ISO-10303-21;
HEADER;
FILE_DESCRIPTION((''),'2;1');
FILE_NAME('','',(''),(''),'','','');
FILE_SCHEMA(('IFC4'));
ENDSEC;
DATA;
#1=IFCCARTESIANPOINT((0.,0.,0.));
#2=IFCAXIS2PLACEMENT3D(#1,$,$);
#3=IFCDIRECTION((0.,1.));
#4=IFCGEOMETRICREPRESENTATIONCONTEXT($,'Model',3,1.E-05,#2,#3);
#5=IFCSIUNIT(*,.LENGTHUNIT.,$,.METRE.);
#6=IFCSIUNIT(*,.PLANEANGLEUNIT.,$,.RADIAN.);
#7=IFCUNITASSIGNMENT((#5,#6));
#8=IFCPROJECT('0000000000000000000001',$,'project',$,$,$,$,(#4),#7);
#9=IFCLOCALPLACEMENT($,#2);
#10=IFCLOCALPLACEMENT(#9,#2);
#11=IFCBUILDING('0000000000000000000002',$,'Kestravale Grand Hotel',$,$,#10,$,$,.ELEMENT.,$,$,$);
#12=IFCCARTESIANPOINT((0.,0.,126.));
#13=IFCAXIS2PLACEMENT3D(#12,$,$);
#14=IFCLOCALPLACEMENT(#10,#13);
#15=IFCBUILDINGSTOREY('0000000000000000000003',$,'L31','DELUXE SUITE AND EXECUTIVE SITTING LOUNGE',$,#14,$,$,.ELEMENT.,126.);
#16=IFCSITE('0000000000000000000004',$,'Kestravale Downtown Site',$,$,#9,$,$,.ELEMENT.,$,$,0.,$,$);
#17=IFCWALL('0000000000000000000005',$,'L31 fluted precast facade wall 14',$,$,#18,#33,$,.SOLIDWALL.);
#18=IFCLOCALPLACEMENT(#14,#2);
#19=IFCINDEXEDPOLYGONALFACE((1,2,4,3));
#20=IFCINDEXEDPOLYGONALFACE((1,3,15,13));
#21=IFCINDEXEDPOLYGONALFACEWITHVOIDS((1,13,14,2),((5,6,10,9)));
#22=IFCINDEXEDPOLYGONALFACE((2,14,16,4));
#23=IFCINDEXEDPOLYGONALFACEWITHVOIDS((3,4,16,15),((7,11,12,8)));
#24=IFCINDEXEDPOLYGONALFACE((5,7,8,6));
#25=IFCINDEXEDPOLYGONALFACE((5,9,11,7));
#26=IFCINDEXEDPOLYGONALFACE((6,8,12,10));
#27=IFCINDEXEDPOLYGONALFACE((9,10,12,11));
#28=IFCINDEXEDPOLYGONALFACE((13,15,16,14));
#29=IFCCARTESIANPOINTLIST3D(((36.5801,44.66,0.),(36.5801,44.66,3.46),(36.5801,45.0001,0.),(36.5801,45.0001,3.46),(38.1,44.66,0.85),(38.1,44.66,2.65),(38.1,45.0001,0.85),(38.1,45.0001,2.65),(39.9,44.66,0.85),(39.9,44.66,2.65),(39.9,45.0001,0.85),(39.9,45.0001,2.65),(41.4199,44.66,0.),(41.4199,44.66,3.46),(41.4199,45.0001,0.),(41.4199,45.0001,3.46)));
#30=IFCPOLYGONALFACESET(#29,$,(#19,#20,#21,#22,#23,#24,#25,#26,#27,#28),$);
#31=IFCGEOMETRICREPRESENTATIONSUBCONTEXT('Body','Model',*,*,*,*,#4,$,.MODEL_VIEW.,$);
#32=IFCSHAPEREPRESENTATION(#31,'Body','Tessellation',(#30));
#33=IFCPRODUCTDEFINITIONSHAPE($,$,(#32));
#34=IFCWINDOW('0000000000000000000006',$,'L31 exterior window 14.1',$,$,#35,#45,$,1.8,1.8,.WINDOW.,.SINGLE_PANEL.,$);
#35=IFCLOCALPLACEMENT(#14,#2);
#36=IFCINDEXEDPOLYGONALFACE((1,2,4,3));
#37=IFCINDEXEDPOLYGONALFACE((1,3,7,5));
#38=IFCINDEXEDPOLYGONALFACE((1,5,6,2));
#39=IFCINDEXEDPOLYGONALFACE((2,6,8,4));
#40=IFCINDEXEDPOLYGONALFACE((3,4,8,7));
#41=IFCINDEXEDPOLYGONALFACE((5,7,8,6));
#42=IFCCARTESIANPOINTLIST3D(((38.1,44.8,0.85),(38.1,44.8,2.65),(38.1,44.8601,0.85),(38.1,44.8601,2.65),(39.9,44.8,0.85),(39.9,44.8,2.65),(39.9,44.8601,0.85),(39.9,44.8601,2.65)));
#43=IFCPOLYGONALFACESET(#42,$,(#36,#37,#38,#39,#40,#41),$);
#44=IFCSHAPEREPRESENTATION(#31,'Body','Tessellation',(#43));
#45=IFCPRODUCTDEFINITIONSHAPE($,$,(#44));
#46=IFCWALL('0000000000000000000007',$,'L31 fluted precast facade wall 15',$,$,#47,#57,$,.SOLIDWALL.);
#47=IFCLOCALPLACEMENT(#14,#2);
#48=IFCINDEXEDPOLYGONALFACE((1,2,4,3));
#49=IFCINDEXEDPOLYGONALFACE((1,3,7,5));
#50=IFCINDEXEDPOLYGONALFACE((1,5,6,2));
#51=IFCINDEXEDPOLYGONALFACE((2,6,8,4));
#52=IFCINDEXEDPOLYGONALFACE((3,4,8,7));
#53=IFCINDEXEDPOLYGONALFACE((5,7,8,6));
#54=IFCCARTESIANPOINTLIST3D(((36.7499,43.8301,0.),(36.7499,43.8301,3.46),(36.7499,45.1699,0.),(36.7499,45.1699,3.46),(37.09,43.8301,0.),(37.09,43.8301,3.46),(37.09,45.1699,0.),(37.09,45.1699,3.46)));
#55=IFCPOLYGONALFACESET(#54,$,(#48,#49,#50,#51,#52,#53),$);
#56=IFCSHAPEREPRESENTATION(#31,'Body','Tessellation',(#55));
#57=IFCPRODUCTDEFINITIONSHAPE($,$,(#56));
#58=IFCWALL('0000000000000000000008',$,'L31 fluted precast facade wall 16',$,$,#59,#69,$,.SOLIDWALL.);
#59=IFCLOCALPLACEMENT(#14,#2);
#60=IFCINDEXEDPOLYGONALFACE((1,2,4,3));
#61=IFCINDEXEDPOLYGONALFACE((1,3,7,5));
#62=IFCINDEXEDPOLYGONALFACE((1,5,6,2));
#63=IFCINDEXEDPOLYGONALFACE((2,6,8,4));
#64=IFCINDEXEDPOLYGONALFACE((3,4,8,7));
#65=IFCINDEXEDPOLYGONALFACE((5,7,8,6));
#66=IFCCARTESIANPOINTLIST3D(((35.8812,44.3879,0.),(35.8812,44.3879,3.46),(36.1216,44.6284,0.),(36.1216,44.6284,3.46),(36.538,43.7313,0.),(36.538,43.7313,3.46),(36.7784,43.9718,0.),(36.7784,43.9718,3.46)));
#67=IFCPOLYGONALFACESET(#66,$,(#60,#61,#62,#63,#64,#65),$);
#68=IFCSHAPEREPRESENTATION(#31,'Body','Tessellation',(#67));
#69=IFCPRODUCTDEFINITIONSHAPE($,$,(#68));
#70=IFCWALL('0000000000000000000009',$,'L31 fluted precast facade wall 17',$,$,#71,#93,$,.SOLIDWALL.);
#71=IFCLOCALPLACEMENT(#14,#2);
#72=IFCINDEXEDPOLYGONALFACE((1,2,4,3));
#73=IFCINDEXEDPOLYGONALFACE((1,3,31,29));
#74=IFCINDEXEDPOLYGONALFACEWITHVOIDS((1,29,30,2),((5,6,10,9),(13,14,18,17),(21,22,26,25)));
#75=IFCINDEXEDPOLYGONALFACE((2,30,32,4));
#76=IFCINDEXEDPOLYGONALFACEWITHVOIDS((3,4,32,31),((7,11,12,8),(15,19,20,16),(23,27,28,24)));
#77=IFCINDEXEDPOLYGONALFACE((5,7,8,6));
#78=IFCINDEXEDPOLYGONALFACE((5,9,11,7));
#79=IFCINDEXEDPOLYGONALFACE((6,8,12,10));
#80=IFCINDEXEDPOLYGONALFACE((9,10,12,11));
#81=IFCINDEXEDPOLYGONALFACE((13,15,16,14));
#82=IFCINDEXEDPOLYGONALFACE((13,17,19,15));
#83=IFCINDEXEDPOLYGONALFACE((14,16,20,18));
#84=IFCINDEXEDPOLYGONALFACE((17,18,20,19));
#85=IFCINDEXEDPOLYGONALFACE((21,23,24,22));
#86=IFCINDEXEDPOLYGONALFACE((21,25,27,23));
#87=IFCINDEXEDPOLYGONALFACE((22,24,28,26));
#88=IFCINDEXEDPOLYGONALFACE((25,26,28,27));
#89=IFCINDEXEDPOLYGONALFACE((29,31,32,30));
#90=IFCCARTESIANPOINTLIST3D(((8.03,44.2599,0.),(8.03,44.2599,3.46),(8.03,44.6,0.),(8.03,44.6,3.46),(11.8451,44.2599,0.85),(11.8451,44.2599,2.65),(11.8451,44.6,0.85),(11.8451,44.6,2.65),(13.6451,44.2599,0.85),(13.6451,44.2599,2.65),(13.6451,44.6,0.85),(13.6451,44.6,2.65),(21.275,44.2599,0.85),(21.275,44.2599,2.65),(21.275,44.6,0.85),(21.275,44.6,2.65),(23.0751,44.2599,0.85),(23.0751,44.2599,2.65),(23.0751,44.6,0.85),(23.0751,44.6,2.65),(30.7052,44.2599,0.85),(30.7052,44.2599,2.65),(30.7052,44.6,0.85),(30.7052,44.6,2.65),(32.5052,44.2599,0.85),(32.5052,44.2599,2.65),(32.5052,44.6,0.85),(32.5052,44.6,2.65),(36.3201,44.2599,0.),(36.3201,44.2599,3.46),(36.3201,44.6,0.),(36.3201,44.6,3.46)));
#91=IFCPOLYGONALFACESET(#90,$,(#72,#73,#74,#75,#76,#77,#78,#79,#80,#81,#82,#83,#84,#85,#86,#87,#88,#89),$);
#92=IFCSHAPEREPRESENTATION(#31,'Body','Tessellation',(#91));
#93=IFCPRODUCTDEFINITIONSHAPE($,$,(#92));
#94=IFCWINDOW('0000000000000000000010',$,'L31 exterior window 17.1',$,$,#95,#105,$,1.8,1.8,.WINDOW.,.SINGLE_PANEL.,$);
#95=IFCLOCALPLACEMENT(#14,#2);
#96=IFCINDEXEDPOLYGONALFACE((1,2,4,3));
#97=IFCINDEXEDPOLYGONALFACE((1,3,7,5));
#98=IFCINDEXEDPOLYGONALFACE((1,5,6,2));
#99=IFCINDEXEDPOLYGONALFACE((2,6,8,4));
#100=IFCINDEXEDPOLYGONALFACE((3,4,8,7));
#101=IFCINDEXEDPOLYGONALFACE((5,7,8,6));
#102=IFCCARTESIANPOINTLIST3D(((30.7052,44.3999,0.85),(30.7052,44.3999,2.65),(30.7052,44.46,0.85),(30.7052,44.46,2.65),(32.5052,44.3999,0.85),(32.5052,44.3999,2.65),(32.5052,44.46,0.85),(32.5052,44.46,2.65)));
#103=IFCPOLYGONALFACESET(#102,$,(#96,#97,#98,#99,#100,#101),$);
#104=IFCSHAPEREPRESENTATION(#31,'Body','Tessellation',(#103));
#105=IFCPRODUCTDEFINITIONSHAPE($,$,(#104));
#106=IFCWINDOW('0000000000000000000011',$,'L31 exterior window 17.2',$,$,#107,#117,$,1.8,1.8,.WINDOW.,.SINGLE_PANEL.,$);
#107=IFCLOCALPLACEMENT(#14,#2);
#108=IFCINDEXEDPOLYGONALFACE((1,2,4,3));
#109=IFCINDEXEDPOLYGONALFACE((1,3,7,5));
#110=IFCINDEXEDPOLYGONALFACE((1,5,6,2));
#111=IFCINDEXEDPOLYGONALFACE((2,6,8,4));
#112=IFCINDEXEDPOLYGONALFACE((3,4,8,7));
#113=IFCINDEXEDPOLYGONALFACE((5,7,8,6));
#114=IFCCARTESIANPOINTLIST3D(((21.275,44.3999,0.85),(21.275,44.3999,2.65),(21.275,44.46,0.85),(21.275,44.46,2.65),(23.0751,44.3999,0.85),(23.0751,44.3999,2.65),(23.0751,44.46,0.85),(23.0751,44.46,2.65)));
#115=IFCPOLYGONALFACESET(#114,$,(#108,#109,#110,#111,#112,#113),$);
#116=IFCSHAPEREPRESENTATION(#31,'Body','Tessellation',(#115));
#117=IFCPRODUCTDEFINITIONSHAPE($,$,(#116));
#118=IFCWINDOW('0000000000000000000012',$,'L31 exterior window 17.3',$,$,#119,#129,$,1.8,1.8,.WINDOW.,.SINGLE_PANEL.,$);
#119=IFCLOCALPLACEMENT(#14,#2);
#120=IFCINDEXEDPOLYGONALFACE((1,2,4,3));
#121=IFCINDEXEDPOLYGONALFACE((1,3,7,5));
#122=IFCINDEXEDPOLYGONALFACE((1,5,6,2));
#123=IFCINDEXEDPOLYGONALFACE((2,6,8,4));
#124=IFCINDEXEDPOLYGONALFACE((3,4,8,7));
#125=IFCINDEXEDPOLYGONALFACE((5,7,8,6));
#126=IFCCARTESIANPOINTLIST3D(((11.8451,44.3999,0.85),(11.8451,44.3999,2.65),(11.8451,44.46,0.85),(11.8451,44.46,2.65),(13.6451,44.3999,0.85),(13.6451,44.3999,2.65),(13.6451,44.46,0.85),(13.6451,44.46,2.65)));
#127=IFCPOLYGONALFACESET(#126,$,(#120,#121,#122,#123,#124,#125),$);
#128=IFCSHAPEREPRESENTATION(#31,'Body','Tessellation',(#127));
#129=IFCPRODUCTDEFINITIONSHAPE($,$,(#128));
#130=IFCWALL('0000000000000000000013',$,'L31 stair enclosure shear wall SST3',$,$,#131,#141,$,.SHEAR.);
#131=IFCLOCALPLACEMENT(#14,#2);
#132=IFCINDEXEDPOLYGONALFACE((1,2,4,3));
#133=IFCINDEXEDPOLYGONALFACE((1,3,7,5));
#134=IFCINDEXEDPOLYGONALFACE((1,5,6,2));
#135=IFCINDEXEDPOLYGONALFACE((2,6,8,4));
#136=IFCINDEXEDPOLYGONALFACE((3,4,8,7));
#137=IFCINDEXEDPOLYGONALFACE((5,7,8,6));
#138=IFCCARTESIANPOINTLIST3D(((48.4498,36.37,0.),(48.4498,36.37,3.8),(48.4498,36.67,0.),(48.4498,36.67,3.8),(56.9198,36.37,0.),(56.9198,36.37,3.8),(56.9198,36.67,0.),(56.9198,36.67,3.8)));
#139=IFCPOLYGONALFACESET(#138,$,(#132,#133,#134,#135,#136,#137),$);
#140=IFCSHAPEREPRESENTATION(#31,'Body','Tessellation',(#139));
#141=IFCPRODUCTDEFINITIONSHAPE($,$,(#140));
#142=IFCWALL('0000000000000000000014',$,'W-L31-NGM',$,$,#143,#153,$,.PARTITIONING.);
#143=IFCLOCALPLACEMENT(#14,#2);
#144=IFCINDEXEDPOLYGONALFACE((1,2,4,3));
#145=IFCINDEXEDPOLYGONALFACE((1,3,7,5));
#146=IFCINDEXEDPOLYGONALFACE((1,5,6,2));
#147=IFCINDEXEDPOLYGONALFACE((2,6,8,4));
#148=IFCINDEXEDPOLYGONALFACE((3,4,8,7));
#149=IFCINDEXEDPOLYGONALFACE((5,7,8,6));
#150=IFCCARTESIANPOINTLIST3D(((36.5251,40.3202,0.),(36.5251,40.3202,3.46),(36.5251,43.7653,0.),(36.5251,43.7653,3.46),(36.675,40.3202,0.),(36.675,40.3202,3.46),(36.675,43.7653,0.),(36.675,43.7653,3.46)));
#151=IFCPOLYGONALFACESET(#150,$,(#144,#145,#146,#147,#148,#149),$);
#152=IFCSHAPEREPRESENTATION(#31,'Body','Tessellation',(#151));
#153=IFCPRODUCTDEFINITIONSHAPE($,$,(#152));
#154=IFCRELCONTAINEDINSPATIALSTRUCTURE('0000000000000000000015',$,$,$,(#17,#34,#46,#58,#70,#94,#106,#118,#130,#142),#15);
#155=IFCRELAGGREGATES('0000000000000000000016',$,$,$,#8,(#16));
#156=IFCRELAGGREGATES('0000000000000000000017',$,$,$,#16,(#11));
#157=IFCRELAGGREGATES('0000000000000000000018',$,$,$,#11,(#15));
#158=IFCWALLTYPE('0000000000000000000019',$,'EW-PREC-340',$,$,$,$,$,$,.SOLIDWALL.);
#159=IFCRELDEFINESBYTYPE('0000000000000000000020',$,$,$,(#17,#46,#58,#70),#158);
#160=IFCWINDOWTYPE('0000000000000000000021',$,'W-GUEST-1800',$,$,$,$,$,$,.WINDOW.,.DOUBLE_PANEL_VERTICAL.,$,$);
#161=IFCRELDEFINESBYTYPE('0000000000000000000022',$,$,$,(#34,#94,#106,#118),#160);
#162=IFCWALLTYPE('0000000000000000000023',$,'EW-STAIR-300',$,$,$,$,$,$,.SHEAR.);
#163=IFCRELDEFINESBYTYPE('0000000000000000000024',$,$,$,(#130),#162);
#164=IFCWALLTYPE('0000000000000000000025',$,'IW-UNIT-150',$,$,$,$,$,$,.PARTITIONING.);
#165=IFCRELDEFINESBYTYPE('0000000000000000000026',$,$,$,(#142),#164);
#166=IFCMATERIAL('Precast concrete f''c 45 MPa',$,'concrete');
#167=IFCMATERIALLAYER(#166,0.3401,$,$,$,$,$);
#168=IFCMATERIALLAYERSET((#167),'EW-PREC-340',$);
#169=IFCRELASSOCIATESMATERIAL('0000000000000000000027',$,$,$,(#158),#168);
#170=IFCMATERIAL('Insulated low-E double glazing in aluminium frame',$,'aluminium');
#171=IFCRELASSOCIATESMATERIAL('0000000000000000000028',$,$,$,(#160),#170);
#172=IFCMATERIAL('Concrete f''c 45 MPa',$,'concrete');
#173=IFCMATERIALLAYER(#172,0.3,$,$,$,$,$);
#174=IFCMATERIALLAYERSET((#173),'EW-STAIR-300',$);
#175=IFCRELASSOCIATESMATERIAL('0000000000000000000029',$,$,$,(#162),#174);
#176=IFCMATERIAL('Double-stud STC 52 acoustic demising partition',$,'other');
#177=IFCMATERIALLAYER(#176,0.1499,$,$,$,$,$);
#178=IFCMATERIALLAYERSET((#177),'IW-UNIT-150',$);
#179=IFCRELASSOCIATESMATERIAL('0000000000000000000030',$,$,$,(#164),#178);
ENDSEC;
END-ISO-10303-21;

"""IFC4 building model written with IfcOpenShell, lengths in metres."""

from ifc_helpers import new_model, si_unit, direction, frame, frame_2d, origin, place, context, subcontext, project, spatial, rectangle, extrude, material, layer, layer_set, type_object, element, fill, save


model = new_model("IFC4")

# Units and contexts
model_context = context("Model", 3, precision=1e-05, world=origin(), true_north=direction((0.0, 1.0)))
body_context = subcontext(model_context, "Body", "Model", "MODEL_VIEW")
ifc_project = project(units=[si_unit("LENGTHUNIT", "METRE"), si_unit("PLANEANGLEUNIT", "RADIAN")], contexts=[model_context])

# Site, building, storey
site_placement = place(None, origin())
site = spatial("IfcSite", under=ifc_project, at=site_placement, Name="Kestravale Downtown Site", CompositionType="ELEMENT", RefElevation=0.0)
building_placement = place(site_placement, origin())
building = spatial("IfcBuilding", under=site, at=building_placement, Name="Kestravale Grand Hotel", CompositionType="ELEMENT")
storey_placement = place(building_placement, frame((0.0, 0.0, 126.0)))
storey = spatial("IfcBuildingStorey", under=building, at=storey_placement, Name="L31", Description="DELUXE SUITE AND EXECUTIVE SITTING LOUNGE", CompositionType="ELEMENT", Elevation=126.0)

# Shared definitions
ifc_material_1 = material(Name="Precast concrete f'c 45 MPa", Category="concrete")
ifc_layer_1 = layer(ifc_material_1, 0.3401)
ifc_layer_set_1 = layer_set([ifc_layer_1], Name="EW-PREC-340")
wall_type_1 = type_object("IfcWallType", Name="EW-PREC-340", PredefinedType="SOLIDWALL", material=ifc_layer_set_1)

# Wall, opening, window
ifc_material_2 = material(Name="Insulated low-E double glazing in aluminium frame", Category="aluminium")
window_type = type_object("IfcWindowType", Name="W-GUEST-1800", PartitioningType="DOUBLE_PANEL_VERTICAL", PredefinedType="WINDOW", material=ifc_material_2)
wall_1_placement = place(storey_placement, frame((41.4199, 44.8301, 0.0), z_axis=(0.0, 0.0, 1.0), x_axis=(-1.0, 0.0, 0.0)))
wall_1 = element("IfcWall", 1, at=wall_1_placement, inside=storey, type_object=wall_type_1, Name="L31 fluted precast facade wall 14", PredefinedType="SOLIDWALL", context=body_context, shape_type="SweptSolid", body=[
    extrude(rectangle(XDim=4.8398, YDim=0.3401, at=frame_2d((2.4199, 0.0))), origin(), (0.0, 0.0, 1.0), 3.46),
])
opening_1_placement = place(wall_1_placement, frame((1.52, 0.0, 0.8501)))
opening_1 = element("IfcOpeningElement", 2, at=opening_1_placement, cuts=wall_1, PredefinedType="OPENING", context=body_context, shape_type="SweptSolid", body=[
    extrude(rectangle(XDim=1.8, YDim=1.8, at=frame_2d((0.8999, 0.8999))), frame((0.0, 0.1799, 0.0), z_axis=(0.0, -1.0, 0.0), x_axis=(1.0, 0.0, 0.0)), (0.0, 0.0, 1.0), 0.3601),
])
window_1_placement = place(opening_1_placement, origin())
window_1 = element("IfcWindow", 3, at=window_1_placement, inside=storey, type_object=window_type, Name="L31 exterior window 14.1", OverallHeight=1.8, OverallWidth=1.8, PartitioningType="SINGLE_PANEL", PredefinedType="WINDOW", context=body_context, shape_type="SweptSolid", body=[
    extrude(rectangle(XDim=1.8, YDim=1.8, at=frame_2d((0.8999, 0.8999))), frame((0.0, 0.03, 0.0), z_axis=(0.0, -1.0, 0.0), x_axis=(1.0, 0.0, 0.0)), (0.0, 0.0, 1.0), 0.0601),
])
fill(opening_1, window_1)

# Walls
wall_2_placement = place(storey_placement, frame((36.9199, 45.1699, 0.0), z_axis=(0.0, 0.0, 1.0), x_axis=(0.0, -1.0, 0.0)))
element("IfcWall", 4, at=wall_2_placement, inside=storey, type_object=wall_type_1, Name="L31 fluted precast facade wall 15", PredefinedType="SOLIDWALL", context=body_context, shape_type="SweptSolid", body=[
    extrude(rectangle(XDim=1.3398, YDim=0.3401, at=frame_2d((0.6699, 0.0))), origin(), (0.0, 0.0, 1.0), 3.46),
])
wall_3_placement = place(storey_placement, frame((36.6582, 43.8516, 0.0), z_axis=(0.0, 0.0, 1.0), x_axis=(-0.707238, 0.706975, 0.0)))
element("IfcWall", 5, at=wall_3_placement, inside=storey, type_object=wall_type_1, Name="L31 fluted precast facade wall 16", PredefinedType="SOLIDWALL", context=body_context, shape_type="SweptSolid", body=[
    extrude(rectangle(XDim=0.9287, YDim=0.3401, at=frame_2d((0.4644, 0.0))), origin(), (0.0, 0.0, 1.0), 3.46),
])

# Wall, openings, windows
wall_4_placement = place(storey_placement, frame((36.3201, 44.4299, 0.0), z_axis=(0.0, 0.0, 1.0), x_axis=(-1.0, 0.0, 0.0)))
wall_4 = element("IfcWall", 6, at=wall_4_placement, inside=storey, type_object=wall_type_1, Name="L31 fluted precast facade wall 17", PredefinedType="SOLIDWALL", context=body_context, shape_type="SweptSolid", body=[
    extrude(rectangle(XDim=28.29, YDim=0.3401, at=frame_2d((14.145, 0.0))), origin(), (0.0, 0.0, 1.0), 3.46),
])
opening_2_placement = place(wall_4_placement, frame((3.8149, 0.0, 0.8501)))
opening_2 = element("IfcOpeningElement", 7, at=opening_2_placement, cuts=wall_4, PredefinedType="OPENING", context=body_context, shape_type="SweptSolid", body=[
    extrude(rectangle(XDim=1.8, YDim=1.8, at=frame_2d((0.8999, 0.8999))), frame((0.0, 0.1799, 0.0), z_axis=(0.0, -1.0, 0.0), x_axis=(1.0, 0.0, 0.0)), (0.0, 0.0, 1.0), 0.3601),
])
opening_3_placement = place(wall_4_placement, frame((13.2451, 0.0, 0.8501)))
opening_3 = element("IfcOpeningElement", 8, at=opening_3_placement, cuts=wall_4, PredefinedType="OPENING", context=body_context, shape_type="SweptSolid", body=[
    extrude(rectangle(XDim=1.8, YDim=1.8, at=frame_2d((0.8999, 0.8999))), frame((0.0, 0.1799, 0.0), z_axis=(0.0, -1.0, 0.0), x_axis=(1.0, 0.0, 0.0)), (0.0, 0.0, 1.0), 0.3601),
])
opening_4_placement = place(wall_4_placement, frame((22.675, 0.0, 0.8501)))
opening_4 = element("IfcOpeningElement", 9, at=opening_4_placement, cuts=wall_4, PredefinedType="OPENING", context=body_context, shape_type="SweptSolid", body=[
    extrude(rectangle(XDim=1.8, YDim=1.8, at=frame_2d((0.8999, 0.8999))), frame((0.0, 0.1799, 0.0), z_axis=(0.0, -1.0, 0.0), x_axis=(1.0, 0.0, 0.0)), (0.0, 0.0, 1.0), 0.3601),
])
window_2_placement = place(opening_2_placement, origin())
window_2 = element("IfcWindow", 10, at=window_2_placement, inside=storey, type_object=window_type, Name="L31 exterior window 17.1", OverallHeight=1.8, OverallWidth=1.8, PartitioningType="SINGLE_PANEL", PredefinedType="WINDOW", context=body_context, shape_type="SweptSolid", body=[
    extrude(rectangle(XDim=1.8, YDim=1.8, at=frame_2d((0.8999, 0.8999))), frame((0.0, 0.03, 0.0), z_axis=(0.0, -1.0, 0.0), x_axis=(1.0, 0.0, 0.0)), (0.0, 0.0, 1.0), 0.0601),
])
fill(opening_2, window_2)
window_3_placement = place(opening_3_placement, origin())
window_3 = element("IfcWindow", 11, at=window_3_placement, inside=storey, type_object=window_type, Name="L31 exterior window 17.2", OverallHeight=1.8, OverallWidth=1.8, PartitioningType="SINGLE_PANEL", PredefinedType="WINDOW", context=body_context, shape_type="SweptSolid", body=[
    extrude(rectangle(XDim=1.8, YDim=1.8, at=frame_2d((0.8999, 0.8999))), frame((0.0, 0.03, 0.0), z_axis=(0.0, -1.0, 0.0), x_axis=(1.0, 0.0, 0.0)), (0.0, 0.0, 1.0), 0.0601),
])
fill(opening_3, window_3)
window_4_placement = place(opening_4_placement, origin())
window_4 = element("IfcWindow", 12, at=window_4_placement, inside=storey, type_object=window_type, Name="L31 exterior window 17.3", OverallHeight=1.8, OverallWidth=1.8, PartitioningType="SINGLE_PANEL", PredefinedType="WINDOW", context=body_context, shape_type="SweptSolid", body=[
    extrude(rectangle(XDim=1.8, YDim=1.8, at=frame_2d((0.8999, 0.8999))), frame((0.0, 0.03, 0.0), z_axis=(0.0, -1.0, 0.0), x_axis=(1.0, 0.0, 0.0)), (0.0, 0.0, 1.0), 0.0601),
])
fill(opening_4, window_4)

# Walls
ifc_material_3 = material(Name="Concrete f'c 45 MPa", Category="concrete")
ifc_layer_2 = layer(ifc_material_3, 0.3)
ifc_layer_set_2 = layer_set([ifc_layer_2], Name="EW-STAIR-300")
wall_type_2 = type_object("IfcWallType", Name="EW-STAIR-300", PredefinedType="SHEAR", material=ifc_layer_set_2)
wall_5_placement = place(storey_placement, frame((48.45, 36.52, 0.0), z_axis=(0.0, 0.0, 1.0), x_axis=(1.0, 0.0, 0.0)))
element("IfcWall", 13, at=wall_5_placement, inside=storey, type_object=wall_type_2, Name="L31 stair enclosure shear wall SST3", PredefinedType="SHEAR", context=body_context, shape_type="SweptSolid", body=[
    extrude(rectangle(XDim=8.47, YDim=0.3, at=frame_2d((4.2349, 0.0))), origin(), (0.0, 0.0, 1.0), 3.8),
])
ifc_material_4 = material(Name="Double-stud STC 52 acoustic demising partition", Category="other")
ifc_layer_3 = layer(ifc_material_4, 0.1499)
ifc_layer_set_3 = layer_set([ifc_layer_3], Name="IW-UNIT-150")
wall_type_3 = type_object("IfcWallType", Name="IW-UNIT-150", PredefinedType="PARTITIONING", material=ifc_layer_set_3)
wall_6_placement = place(storey_placement, frame((36.6001, 40.3201, 0.0), z_axis=(0.0, 0.0, 1.0), x_axis=(0.0, 1.0, 0.0)))
element("IfcWall", 14, at=wall_6_placement, inside=storey, type_object=wall_type_3, Name="W-L31-NGM", PredefinedType="PARTITIONING", context=body_context, shape_type="SweptSolid", body=[
    extrude(rectangle(XDim=3.4451, YDim=0.1499, at=frame_2d((1.7227, 0.0))), origin(), (0.0, 0.0, 1.0), 3.46),
])

save(model, "model.ifc")
